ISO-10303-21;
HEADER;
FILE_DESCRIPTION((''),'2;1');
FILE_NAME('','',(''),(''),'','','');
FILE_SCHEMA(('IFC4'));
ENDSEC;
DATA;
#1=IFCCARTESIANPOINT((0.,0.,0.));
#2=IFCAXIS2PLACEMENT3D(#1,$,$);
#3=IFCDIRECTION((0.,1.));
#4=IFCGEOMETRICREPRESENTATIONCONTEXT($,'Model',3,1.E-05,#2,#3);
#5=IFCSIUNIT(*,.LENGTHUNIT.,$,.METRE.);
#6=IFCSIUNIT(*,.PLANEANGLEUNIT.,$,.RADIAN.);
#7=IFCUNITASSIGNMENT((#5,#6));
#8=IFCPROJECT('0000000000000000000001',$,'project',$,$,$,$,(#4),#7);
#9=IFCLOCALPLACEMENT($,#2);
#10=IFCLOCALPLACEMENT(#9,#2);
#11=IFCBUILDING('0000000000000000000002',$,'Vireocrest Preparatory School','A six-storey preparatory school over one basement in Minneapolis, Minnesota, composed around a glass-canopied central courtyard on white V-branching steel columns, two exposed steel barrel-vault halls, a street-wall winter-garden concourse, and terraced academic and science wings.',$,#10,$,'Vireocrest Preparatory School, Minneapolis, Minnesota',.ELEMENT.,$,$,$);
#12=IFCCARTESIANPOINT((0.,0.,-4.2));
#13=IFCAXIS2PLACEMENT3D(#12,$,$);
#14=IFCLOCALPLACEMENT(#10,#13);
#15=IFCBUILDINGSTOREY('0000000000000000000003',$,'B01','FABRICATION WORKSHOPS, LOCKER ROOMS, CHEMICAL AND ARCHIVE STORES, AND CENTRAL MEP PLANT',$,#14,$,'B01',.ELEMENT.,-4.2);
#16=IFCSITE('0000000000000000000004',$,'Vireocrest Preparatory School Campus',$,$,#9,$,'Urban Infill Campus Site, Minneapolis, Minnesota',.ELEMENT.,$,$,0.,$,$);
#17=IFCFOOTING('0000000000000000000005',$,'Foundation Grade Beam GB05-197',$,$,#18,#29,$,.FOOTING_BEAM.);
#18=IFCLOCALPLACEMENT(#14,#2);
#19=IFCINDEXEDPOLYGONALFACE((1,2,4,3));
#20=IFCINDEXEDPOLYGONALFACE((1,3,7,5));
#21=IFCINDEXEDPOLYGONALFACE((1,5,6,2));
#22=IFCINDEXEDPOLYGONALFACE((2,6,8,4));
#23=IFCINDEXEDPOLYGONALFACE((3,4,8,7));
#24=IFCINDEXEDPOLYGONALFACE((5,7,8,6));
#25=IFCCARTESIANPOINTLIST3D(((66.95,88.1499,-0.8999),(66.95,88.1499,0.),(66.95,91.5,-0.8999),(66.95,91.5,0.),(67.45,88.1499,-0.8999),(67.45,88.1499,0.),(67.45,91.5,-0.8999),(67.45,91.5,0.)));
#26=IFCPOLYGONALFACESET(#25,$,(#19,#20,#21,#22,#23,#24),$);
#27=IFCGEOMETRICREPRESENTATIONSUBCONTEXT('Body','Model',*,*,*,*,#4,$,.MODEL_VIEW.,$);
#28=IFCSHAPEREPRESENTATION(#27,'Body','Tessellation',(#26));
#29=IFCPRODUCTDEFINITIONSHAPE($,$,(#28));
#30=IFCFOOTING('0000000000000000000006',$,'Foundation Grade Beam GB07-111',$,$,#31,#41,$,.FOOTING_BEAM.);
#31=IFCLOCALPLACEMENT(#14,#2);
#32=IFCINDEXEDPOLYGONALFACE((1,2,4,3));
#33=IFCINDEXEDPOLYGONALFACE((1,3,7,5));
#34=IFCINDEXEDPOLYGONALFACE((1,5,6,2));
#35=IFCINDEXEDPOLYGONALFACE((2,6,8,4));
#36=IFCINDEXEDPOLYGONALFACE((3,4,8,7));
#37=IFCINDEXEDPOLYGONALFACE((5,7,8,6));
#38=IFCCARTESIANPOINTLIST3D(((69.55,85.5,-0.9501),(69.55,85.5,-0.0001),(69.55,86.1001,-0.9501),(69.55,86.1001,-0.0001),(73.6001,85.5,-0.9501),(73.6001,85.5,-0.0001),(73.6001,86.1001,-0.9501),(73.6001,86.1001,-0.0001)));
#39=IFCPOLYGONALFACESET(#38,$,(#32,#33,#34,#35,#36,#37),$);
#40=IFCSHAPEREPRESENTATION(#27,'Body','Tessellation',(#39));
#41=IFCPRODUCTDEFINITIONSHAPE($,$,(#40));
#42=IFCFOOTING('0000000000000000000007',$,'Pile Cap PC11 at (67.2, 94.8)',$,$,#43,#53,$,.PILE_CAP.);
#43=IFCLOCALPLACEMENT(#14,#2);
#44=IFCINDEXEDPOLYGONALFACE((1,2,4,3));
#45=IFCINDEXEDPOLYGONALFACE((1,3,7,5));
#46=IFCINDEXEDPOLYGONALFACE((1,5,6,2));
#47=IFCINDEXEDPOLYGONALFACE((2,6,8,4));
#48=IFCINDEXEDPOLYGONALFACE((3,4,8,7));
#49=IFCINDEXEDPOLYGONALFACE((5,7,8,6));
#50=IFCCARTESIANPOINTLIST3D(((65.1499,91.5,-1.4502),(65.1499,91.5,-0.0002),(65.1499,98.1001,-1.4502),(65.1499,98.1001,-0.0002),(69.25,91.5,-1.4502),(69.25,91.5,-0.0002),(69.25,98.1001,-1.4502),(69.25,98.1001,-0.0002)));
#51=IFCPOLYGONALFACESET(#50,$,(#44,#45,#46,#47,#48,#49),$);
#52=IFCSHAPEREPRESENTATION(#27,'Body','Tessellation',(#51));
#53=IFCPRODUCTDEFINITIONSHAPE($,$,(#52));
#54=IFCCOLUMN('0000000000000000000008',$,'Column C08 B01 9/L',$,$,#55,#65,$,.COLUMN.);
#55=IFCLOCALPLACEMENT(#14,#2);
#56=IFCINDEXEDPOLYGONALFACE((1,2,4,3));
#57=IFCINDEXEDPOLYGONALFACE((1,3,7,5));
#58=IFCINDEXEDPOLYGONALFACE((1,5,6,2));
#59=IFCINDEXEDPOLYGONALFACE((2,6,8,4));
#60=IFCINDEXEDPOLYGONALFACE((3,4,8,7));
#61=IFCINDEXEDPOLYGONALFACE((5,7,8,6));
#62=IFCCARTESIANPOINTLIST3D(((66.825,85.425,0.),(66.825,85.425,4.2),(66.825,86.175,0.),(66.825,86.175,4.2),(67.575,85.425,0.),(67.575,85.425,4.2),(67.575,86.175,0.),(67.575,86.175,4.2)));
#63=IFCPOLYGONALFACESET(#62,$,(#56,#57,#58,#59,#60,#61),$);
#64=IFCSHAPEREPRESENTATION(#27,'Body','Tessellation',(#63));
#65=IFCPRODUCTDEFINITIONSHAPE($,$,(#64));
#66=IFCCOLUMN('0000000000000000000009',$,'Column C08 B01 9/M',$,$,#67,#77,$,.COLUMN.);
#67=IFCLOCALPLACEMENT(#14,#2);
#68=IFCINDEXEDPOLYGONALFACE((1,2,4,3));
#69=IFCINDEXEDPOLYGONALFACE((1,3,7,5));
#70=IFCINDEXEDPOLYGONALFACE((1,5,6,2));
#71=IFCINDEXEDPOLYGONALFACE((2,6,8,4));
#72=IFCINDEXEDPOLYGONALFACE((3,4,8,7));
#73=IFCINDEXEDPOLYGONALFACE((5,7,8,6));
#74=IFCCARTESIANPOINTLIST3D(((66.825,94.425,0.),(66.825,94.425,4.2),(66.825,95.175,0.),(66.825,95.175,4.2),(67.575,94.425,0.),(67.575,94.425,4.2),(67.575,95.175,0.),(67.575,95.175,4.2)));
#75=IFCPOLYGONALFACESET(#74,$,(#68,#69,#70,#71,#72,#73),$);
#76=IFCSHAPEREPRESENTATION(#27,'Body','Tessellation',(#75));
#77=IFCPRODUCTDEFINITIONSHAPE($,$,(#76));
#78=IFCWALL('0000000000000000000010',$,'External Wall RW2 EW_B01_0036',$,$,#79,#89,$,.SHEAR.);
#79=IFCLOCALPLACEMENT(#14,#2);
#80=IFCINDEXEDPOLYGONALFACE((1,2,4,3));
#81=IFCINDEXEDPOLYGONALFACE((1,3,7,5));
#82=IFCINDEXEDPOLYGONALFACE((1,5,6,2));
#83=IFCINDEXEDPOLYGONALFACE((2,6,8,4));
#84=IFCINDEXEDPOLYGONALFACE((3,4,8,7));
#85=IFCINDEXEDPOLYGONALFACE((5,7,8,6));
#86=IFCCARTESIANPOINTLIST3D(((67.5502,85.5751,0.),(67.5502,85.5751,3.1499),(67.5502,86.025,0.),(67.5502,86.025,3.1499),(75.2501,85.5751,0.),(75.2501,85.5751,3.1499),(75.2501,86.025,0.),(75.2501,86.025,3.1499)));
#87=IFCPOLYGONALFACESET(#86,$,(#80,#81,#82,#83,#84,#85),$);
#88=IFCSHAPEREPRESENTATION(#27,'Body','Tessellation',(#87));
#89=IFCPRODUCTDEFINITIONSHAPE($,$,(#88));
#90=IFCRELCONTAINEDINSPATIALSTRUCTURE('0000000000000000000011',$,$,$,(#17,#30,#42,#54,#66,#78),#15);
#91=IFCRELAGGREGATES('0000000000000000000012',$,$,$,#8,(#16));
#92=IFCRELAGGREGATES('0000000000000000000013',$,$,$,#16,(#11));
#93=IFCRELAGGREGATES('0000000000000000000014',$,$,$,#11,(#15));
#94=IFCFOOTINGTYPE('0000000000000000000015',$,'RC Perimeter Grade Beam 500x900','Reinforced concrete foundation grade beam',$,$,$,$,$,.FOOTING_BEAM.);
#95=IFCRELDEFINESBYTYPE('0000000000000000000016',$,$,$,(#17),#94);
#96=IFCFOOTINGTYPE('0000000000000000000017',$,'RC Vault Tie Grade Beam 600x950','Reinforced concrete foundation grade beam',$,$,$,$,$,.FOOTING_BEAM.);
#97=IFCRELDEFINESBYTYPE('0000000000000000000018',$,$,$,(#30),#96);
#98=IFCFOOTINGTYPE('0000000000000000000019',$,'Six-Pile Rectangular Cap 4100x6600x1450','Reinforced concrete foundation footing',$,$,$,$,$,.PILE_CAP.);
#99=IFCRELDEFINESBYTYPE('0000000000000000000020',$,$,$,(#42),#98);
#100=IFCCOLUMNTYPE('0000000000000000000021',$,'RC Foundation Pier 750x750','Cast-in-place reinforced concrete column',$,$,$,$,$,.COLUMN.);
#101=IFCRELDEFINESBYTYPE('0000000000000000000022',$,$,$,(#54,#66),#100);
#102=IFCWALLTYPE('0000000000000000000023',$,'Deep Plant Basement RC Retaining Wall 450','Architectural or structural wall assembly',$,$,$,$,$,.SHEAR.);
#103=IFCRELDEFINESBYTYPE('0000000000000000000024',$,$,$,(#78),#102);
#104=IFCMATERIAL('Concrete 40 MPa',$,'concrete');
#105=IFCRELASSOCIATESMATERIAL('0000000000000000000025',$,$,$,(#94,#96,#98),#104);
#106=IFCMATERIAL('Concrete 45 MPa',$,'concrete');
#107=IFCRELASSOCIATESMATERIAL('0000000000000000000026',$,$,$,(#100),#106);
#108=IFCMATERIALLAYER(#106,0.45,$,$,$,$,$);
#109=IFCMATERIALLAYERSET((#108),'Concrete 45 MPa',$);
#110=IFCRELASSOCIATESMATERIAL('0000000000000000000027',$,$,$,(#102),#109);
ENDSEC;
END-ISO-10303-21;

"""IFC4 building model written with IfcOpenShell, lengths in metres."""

from ifc_helpers import new_model, si_unit, direction, frame, frame_2d, origin, origin_2d, place, context, subcontext, project, spatial, rectangle, extrude, material, layer, layer_set, material_profile, profile_set, type_object, element, save


model = new_model("IFC4")

# Units and contexts
model_context = context("Model", 3, precision=1e-05, world=origin(), true_north=direction((0.0, 1.0)))
body_context = subcontext(model_context, "Body", "Model", "MODEL_VIEW")
ifc_project = project(units=[si_unit("LENGTHUNIT", "METRE"), si_unit("PLANEANGLEUNIT", "RADIAN")], contexts=[model_context])

# Site, building, storey
site_placement = place(None, origin())
site = spatial("IfcSite", under=ifc_project, at=site_placement, Name="Vireocrest Preparatory School Campus", LongName="Urban Infill Campus Site, Minneapolis, Minnesota", CompositionType="ELEMENT", RefElevation=0.0)
building_placement = place(site_placement, origin())
building = spatial("IfcBuilding", under=site, at=building_placement, Name="Vireocrest Preparatory School", Description="A six-storey preparatory school over one basement in Minneapolis, Minnesota, composed around a glass-canopied central courtyard on white V-branching steel columns, two exposed steel barrel-vault halls, a street-wall winter-garden concourse, and terraced academic and science wings.", LongName="Vireocrest Preparatory School, Minneapolis, Minnesota", CompositionType="ELEMENT")
storey_placement = place(building_placement, frame((0.0, 0.0, -4.2)))
storey = spatial("IfcBuildingStorey", under=building, at=storey_placement, Name="B01", Description="FABRICATION WORKSHOPS, LOCKER ROOMS, CHEMICAL AND ARCHIVE STORES, AND CENTRAL MEP PLANT", LongName="B01", CompositionType="ELEMENT", Elevation=-4.2)

# Shared definitions
ifc_material_1 = material(Name="Concrete 40 MPa", Category="concrete")

# Footings
ifc_material_profile_1 = material_profile(ifc_material_1, rectangle(XDim=0.5, YDim=0.8999, at=origin_2d()), Name="GB 500x900")
ifc_profile_set_1 = profile_set([ifc_material_profile_1], Name="Concrete 40 MPa")
footing_type_1 = type_object("IfcFootingType", Name="RC Perimeter Grade Beam 500x900", Description="Reinforced concrete foundation grade beam", PredefinedType="FOOTING_BEAM", material=ifc_profile_set_1)
footing_1_placement = place(storey_placement, frame((67.2, 88.1499, -0.45), z_axis=(0.0, 1.0, 0.0), x_axis=(-1.0, 0.0, 0.0)))
element("IfcFooting", 1, at=footing_1_placement, inside=storey, type_object=footing_type_1, Name="Foundation Grade Beam GB05-197", PredefinedType="FOOTING_BEAM", context=body_context, shape_type="SweptSolid", body=[
    extrude(rectangle(XDim=0.5, YDim=0.8999, at=origin_2d()), origin(), (0.0, 0.0, 1.0), 3.3501),
])
ifc_material_profile_2 = material_profile(ifc_material_1, rectangle(XDim=0.6001, YDim=0.95, at=origin_2d()), Name="GB 600x950")
ifc_profile_set_2 = profile_set([ifc_material_profile_2], Name="Concrete 40 MPa")
footing_type_2 = type_object("IfcFootingType", Name="RC Vault Tie Grade Beam 600x950", Description="Reinforced concrete foundation grade beam", PredefinedType="FOOTING_BEAM", material=ifc_profile_set_2)
footing_2_placement = place(storey_placement, frame((69.55, 85.8, -0.4751), z_axis=(1.0, 0.0, 0.0), x_axis=(0.0, 1.0, 0.0)))
element("IfcFooting", 2, at=footing_2_placement, inside=storey, type_object=footing_type_2, Name="Foundation Grade Beam GB07-111", PredefinedType="FOOTING_BEAM", context=body_context, shape_type="SweptSolid", body=[
    extrude(rectangle(XDim=0.6001, YDim=0.95, at=origin_2d()), origin(), (0.0, 0.0, 1.0), 4.05),
])
footing_type_3 = type_object("IfcFootingType", Name="Six-Pile Rectangular Cap 4100x6600x1450", Description="Reinforced concrete foundation footing", PredefinedType="PILE_CAP", material=ifc_material_1)
footing_3_placement = place(storey_placement, frame((67.2, 94.8, -1.4502), z_axis=(0.0, 0.0, 1.0), x_axis=(1.0, 0.0, 0.0)))
element("IfcFooting", 3, at=footing_3_placement, inside=storey, type_object=footing_type_3, Name="Pile Cap PC11 at (67.2, 94.8)", PredefinedType="PILE_CAP", context=body_context, shape_type="SweptSolid", body=[
    extrude(rectangle(XDim=4.1001, YDim=6.6001, at=origin_2d()), origin(), (0.0, 0.0, 1.0), 1.45),
])

# Columns
ifc_material_2 = material(Name="Concrete 45 MPa", Category="concrete")
ifc_material_profile_3 = material_profile(ifc_material_2, rectangle(XDim=0.75, YDim=0.75, at=origin_2d()), Name="RC 750x750")
ifc_profile_set_3 = profile_set([ifc_material_profile_3], Name="Concrete 45 MPa")
column_type = type_object("IfcColumnType", Name="RC Foundation Pier 750x750", Description="Cast-in-place reinforced concrete column", PredefinedType="COLUMN", material=ifc_profile_set_3)
for number, where, z_axis, x_axis, name in (
    (4, (67.2, 85.8, 0.0), (0.0, 0.0, 1.0), (1.0, 0.0, 0.0), "Column C08 B01 9/L"),
    (5, (67.2, 94.8, 0.0), (0.0, 0.0, 1.0), (1.0, 0.0, 0.0), "Column C08 B01 9/M"),
):
    element("IfcColumn", number, at=place(storey_placement, frame(where, z_axis=z_axis, x_axis=x_axis)), inside=storey, type_object=column_type, Name=name, PredefinedType="COLUMN", context=body_context, shape_type="SweptSolid", body=[
        extrude(rectangle(XDim=0.75, YDim=0.75, at=origin_2d()), origin(), (0.0, 0.0, 1.0), 4.2),
    ])

# Wall
ifc_layer_1 = layer(ifc_material_2, 0.45)
ifc_layer_set_1 = layer_set([ifc_layer_1], Name="Concrete 45 MPa")
wall_type_1 = type_object("IfcWallType", Name="Deep Plant Basement RC Retaining Wall 450", Description="Architectural or structural wall assembly", PredefinedType="SHEAR", material=ifc_layer_set_1)
wall_1_placement = place(storey_placement, frame((67.55, 85.8, 0.0), z_axis=(0.0, 0.0, 1.0), x_axis=(1.0, 0.0, 0.0)))
element("IfcWall", 6, at=wall_1_placement, inside=storey, type_object=wall_type_1, Name="External Wall RW2 EW_B01_0036", PredefinedType="SHEAR", context=body_context, shape_type="SweptSolid", body=[
    extrude(rectangle(XDim=7.7, YDim=0.45, at=frame_2d((3.8501, 0.0))), origin(), (0.0, 0.0, 1.0), 3.1499),
])

save(model, "model.ifc")
